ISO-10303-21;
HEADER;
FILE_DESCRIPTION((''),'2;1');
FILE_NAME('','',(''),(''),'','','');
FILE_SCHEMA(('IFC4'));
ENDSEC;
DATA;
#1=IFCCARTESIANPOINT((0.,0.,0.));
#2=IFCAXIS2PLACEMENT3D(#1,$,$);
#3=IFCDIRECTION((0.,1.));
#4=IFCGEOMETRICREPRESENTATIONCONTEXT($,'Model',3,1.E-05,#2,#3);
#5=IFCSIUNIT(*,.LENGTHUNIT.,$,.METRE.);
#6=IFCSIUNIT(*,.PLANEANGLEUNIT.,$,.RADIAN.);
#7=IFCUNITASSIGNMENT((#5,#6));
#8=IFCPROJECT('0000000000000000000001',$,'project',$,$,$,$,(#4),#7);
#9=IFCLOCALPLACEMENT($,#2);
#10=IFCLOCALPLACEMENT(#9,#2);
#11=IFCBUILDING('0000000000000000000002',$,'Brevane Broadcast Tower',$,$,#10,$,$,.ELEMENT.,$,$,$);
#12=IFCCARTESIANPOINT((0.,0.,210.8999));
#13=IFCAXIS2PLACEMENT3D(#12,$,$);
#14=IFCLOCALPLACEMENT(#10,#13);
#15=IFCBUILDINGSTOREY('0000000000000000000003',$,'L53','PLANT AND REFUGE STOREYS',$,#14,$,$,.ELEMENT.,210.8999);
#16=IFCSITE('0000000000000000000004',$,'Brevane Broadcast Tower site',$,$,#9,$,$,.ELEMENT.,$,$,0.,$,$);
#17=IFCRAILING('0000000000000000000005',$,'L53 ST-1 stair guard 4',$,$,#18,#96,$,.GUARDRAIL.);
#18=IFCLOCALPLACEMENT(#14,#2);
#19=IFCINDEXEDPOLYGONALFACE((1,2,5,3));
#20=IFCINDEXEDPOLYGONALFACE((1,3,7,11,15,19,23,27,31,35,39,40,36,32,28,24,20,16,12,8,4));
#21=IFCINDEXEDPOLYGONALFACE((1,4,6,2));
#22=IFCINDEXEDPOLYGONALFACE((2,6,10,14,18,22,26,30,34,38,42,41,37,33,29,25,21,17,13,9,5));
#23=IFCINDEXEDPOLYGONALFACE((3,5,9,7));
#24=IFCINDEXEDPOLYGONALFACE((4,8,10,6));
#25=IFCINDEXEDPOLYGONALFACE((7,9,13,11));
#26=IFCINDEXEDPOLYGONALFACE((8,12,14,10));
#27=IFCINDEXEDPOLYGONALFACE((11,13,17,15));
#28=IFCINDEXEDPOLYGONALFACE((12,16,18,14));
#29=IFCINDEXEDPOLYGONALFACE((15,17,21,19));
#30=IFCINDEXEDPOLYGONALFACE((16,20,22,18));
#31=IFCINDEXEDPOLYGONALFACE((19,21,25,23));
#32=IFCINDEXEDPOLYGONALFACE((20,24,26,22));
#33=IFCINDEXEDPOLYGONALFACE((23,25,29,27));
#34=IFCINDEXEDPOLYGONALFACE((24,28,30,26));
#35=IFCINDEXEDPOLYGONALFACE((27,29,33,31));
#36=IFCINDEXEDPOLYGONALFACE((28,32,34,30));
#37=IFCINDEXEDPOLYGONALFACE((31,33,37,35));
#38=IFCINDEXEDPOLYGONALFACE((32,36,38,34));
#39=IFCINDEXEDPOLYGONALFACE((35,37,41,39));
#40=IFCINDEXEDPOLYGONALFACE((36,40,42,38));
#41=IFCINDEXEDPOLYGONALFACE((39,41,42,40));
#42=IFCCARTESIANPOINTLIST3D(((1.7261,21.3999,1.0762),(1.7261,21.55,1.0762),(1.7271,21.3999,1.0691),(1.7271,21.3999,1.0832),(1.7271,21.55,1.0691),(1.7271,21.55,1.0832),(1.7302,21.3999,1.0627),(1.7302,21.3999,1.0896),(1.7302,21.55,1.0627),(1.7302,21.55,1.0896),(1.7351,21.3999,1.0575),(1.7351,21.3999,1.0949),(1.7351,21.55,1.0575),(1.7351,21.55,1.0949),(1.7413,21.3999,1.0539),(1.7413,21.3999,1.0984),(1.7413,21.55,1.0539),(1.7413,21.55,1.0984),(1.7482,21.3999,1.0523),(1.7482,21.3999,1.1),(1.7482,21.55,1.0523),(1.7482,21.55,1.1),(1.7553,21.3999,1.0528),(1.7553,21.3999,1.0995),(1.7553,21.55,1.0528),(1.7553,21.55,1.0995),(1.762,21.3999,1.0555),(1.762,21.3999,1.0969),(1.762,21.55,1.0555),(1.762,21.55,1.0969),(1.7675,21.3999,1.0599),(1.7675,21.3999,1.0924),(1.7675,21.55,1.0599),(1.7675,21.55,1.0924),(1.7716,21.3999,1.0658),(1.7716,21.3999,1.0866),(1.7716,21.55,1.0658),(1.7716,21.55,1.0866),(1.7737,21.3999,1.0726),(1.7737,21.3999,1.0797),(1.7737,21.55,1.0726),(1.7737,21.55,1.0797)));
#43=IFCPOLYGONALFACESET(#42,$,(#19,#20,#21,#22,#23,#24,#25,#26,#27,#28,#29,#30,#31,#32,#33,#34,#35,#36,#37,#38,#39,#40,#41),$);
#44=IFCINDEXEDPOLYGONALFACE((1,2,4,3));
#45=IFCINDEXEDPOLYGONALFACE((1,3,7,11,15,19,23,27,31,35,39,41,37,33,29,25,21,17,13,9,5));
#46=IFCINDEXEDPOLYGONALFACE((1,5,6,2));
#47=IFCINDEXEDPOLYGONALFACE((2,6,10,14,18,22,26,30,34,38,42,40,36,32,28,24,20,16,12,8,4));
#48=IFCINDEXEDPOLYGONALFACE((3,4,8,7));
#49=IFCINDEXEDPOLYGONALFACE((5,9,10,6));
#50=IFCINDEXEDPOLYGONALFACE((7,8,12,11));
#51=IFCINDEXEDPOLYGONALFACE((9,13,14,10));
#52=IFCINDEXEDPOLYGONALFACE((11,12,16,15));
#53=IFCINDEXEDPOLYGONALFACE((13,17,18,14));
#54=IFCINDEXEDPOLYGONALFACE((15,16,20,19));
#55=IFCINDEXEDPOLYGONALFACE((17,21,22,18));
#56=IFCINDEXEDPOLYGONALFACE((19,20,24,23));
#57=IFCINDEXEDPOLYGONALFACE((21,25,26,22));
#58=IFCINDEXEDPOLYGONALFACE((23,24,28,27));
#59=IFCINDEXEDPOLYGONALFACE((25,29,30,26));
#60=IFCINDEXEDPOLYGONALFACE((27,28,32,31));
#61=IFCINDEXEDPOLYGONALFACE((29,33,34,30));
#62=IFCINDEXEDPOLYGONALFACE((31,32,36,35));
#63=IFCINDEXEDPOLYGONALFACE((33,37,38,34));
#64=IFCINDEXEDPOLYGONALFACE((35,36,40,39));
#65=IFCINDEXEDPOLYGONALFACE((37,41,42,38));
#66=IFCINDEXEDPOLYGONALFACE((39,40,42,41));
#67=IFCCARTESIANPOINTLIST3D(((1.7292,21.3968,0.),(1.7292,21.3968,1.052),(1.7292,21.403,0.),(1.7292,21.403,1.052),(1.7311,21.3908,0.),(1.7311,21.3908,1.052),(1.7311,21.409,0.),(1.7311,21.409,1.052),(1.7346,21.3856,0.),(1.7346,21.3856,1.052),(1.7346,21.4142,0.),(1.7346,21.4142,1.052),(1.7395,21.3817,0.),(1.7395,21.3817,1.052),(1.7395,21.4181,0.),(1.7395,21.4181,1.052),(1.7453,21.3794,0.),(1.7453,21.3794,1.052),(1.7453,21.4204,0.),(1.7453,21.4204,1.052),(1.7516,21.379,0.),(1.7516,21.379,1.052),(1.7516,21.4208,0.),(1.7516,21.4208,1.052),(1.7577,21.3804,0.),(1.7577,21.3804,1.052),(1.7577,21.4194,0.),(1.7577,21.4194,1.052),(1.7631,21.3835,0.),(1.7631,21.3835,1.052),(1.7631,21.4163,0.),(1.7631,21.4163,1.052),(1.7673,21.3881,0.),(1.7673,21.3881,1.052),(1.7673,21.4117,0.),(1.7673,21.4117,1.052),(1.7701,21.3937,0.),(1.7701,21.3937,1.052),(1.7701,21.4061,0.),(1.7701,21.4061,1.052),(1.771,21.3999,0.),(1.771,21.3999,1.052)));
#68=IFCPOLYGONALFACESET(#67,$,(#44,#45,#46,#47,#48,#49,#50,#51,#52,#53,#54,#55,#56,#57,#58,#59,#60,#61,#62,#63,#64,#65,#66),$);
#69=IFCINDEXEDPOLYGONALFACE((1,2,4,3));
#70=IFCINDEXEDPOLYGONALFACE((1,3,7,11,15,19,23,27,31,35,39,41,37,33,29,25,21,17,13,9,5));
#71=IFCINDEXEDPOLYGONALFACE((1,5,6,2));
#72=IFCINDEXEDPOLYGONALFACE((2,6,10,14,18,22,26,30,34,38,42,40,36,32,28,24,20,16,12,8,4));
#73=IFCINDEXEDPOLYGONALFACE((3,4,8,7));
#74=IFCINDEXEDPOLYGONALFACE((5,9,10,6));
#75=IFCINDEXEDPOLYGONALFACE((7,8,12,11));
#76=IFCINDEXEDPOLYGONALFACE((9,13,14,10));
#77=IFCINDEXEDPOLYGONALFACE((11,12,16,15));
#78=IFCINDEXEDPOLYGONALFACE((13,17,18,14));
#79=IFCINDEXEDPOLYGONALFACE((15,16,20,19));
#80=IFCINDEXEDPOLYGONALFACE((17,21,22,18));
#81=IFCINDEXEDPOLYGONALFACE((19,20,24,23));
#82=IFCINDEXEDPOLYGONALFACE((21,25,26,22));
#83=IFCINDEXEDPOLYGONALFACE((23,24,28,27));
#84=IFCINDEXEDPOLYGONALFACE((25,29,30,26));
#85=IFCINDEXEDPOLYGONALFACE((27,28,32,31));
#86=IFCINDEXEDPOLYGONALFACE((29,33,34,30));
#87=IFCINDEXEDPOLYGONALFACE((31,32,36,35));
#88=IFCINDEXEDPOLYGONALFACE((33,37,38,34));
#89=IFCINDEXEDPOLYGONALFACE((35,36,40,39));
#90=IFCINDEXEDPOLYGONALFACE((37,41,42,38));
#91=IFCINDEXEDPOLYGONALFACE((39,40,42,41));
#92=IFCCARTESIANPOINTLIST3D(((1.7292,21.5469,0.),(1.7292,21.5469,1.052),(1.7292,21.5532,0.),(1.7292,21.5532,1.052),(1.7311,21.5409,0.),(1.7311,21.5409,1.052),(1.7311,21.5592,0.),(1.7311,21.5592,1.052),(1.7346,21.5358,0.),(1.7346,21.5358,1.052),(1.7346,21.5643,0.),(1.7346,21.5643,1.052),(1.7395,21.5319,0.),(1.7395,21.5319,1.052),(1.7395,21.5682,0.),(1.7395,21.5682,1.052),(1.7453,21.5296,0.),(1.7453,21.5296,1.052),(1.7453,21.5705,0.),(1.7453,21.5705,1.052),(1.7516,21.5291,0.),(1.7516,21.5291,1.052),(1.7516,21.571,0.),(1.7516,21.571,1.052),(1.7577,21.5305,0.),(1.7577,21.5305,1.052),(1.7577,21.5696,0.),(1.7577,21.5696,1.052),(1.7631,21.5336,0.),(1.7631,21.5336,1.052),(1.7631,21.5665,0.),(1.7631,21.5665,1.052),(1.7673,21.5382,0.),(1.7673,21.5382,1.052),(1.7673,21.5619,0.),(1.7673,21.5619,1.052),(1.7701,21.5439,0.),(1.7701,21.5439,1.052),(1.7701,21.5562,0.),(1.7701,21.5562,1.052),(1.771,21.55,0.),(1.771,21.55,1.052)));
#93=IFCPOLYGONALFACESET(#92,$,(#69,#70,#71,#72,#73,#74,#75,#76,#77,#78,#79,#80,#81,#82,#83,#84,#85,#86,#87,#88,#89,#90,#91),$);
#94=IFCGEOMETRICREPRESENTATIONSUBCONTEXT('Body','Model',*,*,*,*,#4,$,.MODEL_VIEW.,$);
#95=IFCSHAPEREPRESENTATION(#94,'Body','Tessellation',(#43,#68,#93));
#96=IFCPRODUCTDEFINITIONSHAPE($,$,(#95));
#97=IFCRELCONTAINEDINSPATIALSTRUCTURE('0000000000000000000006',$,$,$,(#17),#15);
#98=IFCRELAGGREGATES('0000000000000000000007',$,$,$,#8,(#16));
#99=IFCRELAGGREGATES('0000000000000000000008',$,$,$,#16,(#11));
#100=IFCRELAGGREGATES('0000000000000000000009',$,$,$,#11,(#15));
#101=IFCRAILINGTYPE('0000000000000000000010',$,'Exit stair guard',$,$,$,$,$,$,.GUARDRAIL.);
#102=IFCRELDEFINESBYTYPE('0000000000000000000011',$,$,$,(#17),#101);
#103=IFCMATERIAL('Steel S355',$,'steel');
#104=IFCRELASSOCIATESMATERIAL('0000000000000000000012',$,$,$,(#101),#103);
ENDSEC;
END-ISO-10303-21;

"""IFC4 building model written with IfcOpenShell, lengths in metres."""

from ifc_helpers import new_model, si_unit, direction, frame, origin, origin_2d, place, context, subcontext, project, spatial, circle, extrude, material, type_object, element, save


model = new_model("IFC4")

# Units and contexts
model_context = context("Model", 3, precision=1e-05, world=origin(), true_north=direction((0.0, 1.0)))
body_context = subcontext(model_context, "Body", "Model", "MODEL_VIEW")
ifc_project = project(units=[si_unit("LENGTHUNIT", "METRE"), si_unit("PLANEANGLEUNIT", "RADIAN")], contexts=[model_context])

# Site, building, storey
site_placement = place(None, origin())
site = spatial("IfcSite", under=ifc_project, at=site_placement, Name="Brevane Broadcast Tower site", CompositionType="ELEMENT", RefElevation=0.0)
building_placement = place(site_placement, origin())
building = spatial("IfcBuilding", under=site, at=building_placement, Name="Brevane Broadcast Tower", CompositionType="ELEMENT")
storey_placement = place(building_placement, frame((0.0, 0.0, 210.8999)))
storey = spatial("IfcBuildingStorey", under=building, at=storey_placement, Name="L53", Description="PLANT AND REFUGE STOREYS", CompositionType="ELEMENT", Elevation=210.8999)

# Shared definitions
ifc_material_1 = material(Name="Steel S355", Category="steel")

# Railing
railing_type_1 = type_object("IfcRailingType", Name="Exit stair guard", PredefinedType="GUARDRAIL", material=ifc_material_1)
railing_1_placement = place(storey_placement, frame((1.75, 21.3999, 0.0)))
element("IfcRailing", 1, at=railing_1_placement, inside=storey, type_object=railing_type_1, Name="L53 ST-1 stair guard 4", PredefinedType="GUARDRAIL", context=body_context, shape_type="SweptSolid", body=[
    extrude(circle(Radius=0.0239, at=origin_2d()), frame((0.0, 0.0, 1.0762), z_axis=(0.0, 1.0, 0.0), x_axis=(-1.0, 0.0, 0.0)), (0.0, 0.0, 1.0), 0.1501),
    extrude(circle(Radius=0.021, at=origin_2d()), origin(), (0.0, 0.0, 1.0), 1.052),
    extrude(circle(Radius=0.021, at=origin_2d()), frame((0.0, 0.1501, 0.0)), (0.0, 0.0, 1.0), 1.052),
])

save(model, "model.ifc")
